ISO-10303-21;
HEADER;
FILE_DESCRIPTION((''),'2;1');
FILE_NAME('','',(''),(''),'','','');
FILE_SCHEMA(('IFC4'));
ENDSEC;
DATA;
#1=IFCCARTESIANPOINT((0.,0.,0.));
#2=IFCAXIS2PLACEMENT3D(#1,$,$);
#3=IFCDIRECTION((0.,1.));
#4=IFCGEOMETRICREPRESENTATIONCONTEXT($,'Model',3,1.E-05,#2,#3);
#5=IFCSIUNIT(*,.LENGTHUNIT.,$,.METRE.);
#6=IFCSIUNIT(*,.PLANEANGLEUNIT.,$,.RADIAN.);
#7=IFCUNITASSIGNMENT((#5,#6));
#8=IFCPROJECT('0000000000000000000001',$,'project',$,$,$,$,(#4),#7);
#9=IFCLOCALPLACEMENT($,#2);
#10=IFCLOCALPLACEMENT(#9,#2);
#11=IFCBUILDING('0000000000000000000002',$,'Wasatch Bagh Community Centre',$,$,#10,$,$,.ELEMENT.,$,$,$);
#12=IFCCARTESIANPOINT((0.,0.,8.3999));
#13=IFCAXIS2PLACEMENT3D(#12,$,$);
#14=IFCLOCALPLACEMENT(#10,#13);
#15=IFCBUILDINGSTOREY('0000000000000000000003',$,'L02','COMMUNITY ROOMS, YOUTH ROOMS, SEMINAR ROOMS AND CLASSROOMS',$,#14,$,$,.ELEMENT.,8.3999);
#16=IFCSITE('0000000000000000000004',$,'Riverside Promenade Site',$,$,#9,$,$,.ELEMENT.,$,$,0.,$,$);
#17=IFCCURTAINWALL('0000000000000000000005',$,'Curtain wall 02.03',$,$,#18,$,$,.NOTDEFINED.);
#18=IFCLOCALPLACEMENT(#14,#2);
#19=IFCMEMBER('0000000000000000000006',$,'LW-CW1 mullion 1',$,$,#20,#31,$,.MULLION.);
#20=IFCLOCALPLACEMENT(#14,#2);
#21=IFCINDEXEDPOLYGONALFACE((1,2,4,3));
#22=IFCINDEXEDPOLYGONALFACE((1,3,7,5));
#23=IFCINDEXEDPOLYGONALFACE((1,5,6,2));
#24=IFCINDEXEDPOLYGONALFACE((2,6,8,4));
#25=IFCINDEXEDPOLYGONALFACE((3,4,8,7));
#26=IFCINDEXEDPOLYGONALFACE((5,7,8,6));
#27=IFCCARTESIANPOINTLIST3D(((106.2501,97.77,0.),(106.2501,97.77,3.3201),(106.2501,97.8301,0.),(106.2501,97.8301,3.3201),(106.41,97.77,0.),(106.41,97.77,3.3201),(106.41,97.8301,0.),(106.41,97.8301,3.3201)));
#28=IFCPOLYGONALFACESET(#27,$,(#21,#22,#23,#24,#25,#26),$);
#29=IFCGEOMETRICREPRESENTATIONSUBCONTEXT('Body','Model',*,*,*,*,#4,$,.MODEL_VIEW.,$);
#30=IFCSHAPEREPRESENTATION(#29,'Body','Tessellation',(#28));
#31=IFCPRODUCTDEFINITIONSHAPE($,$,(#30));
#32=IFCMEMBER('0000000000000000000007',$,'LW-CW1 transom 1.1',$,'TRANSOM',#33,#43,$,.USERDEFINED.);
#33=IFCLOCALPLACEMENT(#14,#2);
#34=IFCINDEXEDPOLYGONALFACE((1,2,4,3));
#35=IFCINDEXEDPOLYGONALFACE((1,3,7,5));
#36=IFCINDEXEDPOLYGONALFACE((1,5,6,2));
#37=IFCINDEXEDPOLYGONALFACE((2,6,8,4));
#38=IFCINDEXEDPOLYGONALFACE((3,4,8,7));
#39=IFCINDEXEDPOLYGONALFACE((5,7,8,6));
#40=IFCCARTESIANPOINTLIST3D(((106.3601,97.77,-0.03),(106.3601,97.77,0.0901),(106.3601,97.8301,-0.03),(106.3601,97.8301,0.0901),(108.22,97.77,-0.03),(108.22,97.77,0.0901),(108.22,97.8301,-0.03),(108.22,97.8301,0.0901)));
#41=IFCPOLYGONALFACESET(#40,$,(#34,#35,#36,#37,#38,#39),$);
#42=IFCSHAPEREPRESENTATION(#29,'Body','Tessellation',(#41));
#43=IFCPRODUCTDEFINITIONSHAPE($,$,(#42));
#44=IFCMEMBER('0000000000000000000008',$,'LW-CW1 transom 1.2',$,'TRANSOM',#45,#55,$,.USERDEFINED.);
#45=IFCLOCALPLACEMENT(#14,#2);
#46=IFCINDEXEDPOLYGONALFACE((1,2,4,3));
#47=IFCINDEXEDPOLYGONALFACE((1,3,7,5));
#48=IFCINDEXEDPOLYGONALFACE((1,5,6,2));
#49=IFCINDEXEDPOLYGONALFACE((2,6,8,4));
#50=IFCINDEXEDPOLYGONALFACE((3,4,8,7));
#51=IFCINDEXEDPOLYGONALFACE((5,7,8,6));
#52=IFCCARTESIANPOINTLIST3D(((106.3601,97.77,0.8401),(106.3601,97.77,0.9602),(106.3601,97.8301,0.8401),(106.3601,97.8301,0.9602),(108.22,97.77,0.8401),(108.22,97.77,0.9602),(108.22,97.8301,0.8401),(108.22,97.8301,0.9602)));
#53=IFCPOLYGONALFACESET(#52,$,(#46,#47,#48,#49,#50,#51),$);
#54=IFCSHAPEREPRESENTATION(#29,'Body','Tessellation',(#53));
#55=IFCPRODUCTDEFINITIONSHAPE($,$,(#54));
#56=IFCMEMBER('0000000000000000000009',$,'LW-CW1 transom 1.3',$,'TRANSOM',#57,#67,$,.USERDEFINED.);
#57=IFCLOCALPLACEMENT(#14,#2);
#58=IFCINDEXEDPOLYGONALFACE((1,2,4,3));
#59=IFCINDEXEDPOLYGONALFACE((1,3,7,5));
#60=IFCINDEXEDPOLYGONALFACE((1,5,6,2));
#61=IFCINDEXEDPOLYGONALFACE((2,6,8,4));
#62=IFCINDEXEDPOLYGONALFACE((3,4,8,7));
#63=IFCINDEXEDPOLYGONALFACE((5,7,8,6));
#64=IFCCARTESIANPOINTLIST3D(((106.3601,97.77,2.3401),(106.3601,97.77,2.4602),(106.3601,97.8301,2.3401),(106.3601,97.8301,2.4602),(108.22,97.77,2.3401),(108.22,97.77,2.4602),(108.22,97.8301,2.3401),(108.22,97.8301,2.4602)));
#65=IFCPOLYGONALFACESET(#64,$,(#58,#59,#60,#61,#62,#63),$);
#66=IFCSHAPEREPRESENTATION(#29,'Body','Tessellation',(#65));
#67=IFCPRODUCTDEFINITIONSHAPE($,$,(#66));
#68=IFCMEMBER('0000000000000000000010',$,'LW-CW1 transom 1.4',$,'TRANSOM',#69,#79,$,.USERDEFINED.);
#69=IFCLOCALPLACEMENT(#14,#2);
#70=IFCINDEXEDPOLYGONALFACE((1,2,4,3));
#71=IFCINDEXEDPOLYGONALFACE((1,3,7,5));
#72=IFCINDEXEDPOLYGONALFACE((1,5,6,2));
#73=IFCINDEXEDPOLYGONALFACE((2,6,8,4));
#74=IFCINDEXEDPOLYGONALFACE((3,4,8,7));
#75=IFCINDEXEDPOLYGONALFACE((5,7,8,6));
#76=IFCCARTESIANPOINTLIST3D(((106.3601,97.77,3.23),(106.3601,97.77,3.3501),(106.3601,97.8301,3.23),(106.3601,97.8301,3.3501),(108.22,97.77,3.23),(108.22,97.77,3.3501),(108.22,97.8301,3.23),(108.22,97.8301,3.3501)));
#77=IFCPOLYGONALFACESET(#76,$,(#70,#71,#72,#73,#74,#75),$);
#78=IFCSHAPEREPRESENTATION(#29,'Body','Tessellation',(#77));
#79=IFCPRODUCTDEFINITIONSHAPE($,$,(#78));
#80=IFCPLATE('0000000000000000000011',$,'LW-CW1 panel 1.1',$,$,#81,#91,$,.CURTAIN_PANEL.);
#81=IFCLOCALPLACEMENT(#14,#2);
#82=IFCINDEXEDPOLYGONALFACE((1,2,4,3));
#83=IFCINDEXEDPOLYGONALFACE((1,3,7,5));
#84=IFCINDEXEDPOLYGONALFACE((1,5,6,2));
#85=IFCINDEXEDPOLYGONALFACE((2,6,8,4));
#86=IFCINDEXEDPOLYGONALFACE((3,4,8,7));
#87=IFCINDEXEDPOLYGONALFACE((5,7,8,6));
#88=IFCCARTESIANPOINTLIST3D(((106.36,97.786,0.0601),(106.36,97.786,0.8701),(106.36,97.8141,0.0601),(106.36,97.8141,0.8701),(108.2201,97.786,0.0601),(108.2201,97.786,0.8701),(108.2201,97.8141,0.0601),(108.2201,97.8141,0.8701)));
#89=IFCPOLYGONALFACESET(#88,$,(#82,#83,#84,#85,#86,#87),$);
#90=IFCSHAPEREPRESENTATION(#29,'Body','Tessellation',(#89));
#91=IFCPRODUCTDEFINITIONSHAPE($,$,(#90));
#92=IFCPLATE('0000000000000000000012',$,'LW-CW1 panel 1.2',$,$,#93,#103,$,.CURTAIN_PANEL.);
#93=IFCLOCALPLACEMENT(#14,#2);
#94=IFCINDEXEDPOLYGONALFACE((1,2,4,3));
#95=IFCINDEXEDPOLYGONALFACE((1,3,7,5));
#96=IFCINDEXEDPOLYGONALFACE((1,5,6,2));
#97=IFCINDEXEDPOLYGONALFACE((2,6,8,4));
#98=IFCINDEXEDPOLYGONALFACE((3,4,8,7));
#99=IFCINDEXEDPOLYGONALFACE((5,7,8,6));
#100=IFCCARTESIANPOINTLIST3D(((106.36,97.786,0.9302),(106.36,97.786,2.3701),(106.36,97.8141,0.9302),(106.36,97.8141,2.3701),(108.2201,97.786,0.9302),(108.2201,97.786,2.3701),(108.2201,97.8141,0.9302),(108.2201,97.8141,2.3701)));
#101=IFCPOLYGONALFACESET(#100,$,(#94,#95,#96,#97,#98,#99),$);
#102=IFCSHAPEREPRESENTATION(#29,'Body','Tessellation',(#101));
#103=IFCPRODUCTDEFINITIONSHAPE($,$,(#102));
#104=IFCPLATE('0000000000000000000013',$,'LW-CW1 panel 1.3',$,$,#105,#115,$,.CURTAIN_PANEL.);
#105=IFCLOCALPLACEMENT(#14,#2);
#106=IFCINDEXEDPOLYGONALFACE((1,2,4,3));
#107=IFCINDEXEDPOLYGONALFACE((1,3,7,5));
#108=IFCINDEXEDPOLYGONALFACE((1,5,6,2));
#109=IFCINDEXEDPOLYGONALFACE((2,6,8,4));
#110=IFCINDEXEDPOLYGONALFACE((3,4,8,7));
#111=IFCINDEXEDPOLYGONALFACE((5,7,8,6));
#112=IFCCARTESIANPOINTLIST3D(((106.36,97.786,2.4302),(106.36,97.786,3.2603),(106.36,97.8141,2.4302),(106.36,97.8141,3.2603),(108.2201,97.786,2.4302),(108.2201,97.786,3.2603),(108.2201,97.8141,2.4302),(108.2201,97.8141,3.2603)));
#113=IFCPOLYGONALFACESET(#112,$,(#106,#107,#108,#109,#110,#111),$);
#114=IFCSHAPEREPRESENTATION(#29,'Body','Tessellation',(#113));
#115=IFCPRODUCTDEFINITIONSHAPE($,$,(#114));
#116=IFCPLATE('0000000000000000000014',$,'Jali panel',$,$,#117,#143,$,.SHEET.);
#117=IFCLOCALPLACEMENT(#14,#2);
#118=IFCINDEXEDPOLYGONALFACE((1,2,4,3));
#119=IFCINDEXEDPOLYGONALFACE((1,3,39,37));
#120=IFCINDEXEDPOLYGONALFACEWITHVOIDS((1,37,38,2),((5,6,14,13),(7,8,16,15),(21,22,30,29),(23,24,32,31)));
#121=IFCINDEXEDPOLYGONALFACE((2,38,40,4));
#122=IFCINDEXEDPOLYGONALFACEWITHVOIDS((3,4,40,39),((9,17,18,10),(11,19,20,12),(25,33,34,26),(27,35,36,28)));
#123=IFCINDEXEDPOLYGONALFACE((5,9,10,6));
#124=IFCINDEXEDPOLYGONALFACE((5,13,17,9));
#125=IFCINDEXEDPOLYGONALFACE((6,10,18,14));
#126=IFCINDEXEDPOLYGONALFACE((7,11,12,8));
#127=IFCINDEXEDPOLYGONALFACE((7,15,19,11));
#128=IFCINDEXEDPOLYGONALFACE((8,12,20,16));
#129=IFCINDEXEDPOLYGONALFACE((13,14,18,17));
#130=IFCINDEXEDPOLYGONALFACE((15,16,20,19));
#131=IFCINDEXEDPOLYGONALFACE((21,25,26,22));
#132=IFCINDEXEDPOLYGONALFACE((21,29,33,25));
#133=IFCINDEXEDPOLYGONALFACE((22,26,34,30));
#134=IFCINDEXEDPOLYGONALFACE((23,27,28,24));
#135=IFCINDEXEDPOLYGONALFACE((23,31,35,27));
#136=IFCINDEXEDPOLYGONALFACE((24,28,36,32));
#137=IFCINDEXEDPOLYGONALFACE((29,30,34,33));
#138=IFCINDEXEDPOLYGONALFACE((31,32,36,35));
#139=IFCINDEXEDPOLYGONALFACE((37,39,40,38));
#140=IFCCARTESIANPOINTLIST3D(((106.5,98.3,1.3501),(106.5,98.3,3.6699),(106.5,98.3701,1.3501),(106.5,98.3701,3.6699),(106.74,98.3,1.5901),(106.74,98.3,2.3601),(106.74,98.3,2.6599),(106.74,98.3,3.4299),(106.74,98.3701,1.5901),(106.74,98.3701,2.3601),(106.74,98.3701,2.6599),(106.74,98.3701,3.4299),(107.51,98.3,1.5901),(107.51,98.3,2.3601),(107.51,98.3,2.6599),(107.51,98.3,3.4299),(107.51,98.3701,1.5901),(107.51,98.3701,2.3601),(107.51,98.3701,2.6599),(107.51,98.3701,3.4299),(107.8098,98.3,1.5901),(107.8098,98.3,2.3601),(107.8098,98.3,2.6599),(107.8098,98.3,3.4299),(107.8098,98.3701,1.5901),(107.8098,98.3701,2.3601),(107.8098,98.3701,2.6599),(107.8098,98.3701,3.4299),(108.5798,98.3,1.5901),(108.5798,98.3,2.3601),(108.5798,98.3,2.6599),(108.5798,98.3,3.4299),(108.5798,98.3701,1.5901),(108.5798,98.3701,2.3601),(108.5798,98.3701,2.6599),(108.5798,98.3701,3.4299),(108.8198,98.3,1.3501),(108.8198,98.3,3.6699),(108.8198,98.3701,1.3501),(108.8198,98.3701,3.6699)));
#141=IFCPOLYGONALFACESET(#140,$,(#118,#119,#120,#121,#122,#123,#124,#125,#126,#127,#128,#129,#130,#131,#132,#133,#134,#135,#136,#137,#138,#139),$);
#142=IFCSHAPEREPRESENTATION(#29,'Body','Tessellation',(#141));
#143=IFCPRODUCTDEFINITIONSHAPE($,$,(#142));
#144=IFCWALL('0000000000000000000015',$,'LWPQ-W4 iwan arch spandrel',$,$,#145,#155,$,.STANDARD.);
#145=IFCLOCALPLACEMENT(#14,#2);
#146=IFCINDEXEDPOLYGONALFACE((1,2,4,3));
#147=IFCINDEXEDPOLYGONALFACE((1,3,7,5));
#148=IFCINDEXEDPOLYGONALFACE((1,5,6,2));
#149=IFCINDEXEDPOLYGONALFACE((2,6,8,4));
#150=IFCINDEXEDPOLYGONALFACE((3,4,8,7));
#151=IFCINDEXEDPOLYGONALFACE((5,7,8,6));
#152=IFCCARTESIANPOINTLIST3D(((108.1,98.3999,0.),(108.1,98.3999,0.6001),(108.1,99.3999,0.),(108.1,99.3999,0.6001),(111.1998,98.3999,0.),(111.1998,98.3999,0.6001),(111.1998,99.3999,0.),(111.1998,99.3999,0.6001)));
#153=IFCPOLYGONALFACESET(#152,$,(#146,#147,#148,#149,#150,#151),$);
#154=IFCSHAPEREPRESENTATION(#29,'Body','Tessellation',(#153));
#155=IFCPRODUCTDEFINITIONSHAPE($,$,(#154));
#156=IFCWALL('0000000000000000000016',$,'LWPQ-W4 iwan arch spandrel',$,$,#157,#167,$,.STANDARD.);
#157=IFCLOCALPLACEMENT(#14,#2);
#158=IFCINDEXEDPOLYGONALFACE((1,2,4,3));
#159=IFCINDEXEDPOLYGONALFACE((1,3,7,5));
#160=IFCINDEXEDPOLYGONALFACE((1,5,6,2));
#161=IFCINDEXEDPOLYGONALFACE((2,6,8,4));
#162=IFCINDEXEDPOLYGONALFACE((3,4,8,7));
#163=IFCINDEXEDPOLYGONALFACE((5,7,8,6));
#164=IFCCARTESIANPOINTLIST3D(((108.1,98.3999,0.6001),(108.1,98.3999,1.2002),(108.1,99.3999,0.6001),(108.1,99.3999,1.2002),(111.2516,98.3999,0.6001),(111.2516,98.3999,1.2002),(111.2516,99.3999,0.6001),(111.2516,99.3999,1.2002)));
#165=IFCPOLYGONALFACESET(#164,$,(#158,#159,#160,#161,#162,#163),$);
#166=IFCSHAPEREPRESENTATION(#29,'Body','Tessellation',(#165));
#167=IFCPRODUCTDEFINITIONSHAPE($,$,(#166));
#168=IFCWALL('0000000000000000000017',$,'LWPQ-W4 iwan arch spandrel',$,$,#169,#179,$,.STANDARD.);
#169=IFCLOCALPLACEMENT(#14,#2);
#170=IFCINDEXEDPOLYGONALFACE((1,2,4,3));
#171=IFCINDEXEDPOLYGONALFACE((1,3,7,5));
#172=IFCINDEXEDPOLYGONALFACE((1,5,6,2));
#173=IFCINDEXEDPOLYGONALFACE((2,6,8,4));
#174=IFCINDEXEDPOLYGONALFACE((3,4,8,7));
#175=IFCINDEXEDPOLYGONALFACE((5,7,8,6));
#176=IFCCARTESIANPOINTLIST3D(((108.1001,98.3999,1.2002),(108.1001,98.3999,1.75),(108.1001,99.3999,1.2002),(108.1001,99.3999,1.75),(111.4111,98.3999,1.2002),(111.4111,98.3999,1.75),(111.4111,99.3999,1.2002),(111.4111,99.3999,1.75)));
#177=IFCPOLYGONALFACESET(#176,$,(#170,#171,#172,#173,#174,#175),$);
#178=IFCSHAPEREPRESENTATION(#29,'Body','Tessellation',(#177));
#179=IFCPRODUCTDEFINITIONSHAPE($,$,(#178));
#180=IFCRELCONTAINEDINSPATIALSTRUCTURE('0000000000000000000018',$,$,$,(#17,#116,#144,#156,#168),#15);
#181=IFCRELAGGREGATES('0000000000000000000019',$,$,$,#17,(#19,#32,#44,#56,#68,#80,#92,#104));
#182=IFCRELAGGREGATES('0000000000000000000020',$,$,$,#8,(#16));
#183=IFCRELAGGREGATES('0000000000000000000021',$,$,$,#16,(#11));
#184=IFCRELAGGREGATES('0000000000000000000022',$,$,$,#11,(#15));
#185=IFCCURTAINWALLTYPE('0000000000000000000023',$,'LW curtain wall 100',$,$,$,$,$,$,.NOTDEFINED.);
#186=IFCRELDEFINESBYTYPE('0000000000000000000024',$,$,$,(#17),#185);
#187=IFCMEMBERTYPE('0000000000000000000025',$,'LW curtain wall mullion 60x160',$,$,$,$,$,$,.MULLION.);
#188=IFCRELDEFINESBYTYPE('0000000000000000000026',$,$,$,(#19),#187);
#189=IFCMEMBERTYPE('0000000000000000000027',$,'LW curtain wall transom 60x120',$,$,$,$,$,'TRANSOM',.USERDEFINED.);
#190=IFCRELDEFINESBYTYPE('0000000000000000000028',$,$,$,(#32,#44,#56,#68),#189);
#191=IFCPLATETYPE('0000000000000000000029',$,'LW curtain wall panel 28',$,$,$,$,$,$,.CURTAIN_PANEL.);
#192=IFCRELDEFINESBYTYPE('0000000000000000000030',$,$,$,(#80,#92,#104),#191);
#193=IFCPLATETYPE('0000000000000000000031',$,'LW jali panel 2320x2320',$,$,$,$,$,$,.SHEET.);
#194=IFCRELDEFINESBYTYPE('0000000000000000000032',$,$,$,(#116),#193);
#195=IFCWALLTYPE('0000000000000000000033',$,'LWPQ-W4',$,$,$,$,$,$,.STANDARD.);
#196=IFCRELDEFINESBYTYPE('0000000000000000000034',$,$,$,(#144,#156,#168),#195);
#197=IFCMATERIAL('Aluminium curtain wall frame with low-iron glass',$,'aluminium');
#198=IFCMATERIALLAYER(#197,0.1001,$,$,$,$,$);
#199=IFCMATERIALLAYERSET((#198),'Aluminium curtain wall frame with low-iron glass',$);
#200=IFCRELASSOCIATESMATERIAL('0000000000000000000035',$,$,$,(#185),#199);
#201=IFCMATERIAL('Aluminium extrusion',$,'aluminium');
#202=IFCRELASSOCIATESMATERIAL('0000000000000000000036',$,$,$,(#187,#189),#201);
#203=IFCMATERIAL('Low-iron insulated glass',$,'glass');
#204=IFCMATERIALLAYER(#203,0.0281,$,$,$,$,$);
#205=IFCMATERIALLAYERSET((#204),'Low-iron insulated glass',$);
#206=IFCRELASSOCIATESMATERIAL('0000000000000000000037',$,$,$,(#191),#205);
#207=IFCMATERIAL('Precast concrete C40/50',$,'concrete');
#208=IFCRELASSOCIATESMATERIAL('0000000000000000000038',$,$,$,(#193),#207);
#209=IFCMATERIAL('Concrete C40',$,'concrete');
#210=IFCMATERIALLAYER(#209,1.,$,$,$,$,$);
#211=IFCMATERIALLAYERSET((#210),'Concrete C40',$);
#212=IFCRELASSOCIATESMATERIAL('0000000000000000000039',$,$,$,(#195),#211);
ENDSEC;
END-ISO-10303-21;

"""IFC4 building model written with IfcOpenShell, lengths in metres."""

from ifc_helpers import new_model, si_unit, direction, frame, frame_2d, origin, origin_2d, place, context, subcontext, project, spatial, polyline, rectangle, outline, extrude, material, layer, layer_set, material_profile, profile_set, type_object, element, aggregate, save


model = new_model("IFC4")

# Units and contexts
model_context = context("Model", 3, precision=1e-05, world=origin(), true_north=direction((0.0, 1.0)))
body_context = subcontext(model_context, "Body", "Model", "MODEL_VIEW")
ifc_project = project(units=[si_unit("LENGTHUNIT", "METRE"), si_unit("PLANEANGLEUNIT", "RADIAN")], contexts=[model_context])

# Site, building, storey
site_placement = place(None, origin())
site = spatial("IfcSite", under=ifc_project, at=site_placement, Name="Riverside Promenade Site", CompositionType="ELEMENT", RefElevation=0.0)
building_placement = place(site_placement, origin())
building = spatial("IfcBuilding", under=site, at=building_placement, Name="Wasatch Bagh Community Centre", CompositionType="ELEMENT")
storey_placement = place(building_placement, frame((0.0, 0.0, 8.3999)))
storey = spatial("IfcBuildingStorey", under=building, at=storey_placement, Name="L02", Description="COMMUNITY ROOMS, YOUTH ROOMS, SEMINAR ROOMS AND CLASSROOMS", CompositionType="ELEMENT", Elevation=8.3999)

# Curtain wall, members, plates
ifc_material_1 = material(Name="Aluminium curtain wall frame with low-iron glass", Category="aluminium")
ifc_layer_1 = layer(ifc_material_1, 0.1001)
ifc_layer_set_1 = layer_set([ifc_layer_1], Name="Aluminium curtain wall frame with low-iron glass")
curtain_wall_type = type_object("IfcCurtainWallType", Name="LW curtain wall 100", PredefinedType="NOTDEFINED", material=ifc_layer_set_1)
curtain_wall_placement = place(storey_placement, origin())
curtain_wall = element("IfcCurtainWall", 1, at=curtain_wall_placement, inside=storey, type_object=curtain_wall_type, Name="Curtain wall 02.03", PredefinedType="NOTDEFINED")
ifc_material_2 = material(Name="Aluminium extrusion", Category="aluminium")
ifc_material_profile_1 = material_profile(ifc_material_2, rectangle(XDim=0.0601, YDim=0.1599, at=origin_2d()), Name="AL 60x160")
ifc_profile_set_1 = profile_set([ifc_material_profile_1], Name="Aluminium extrusion")
member_type_1 = type_object("IfcMemberType", Name="LW curtain wall mullion 60x160", PredefinedType="MULLION", material=ifc_profile_set_1)
member_1_placement = place(storey_placement, frame((106.3301, 97.8, 0.0), z_axis=(0.0, 0.0, 1.0), x_axis=(0.0, 1.0, 0.0)))
member_1 = element("IfcMember", 2, at=member_1_placement, type_object=member_type_1, Name="LW-CW1 mullion 1", PredefinedType="MULLION", context=body_context, shape_type="SweptSolid", body=[
    extrude(rectangle(XDim=0.0601, YDim=0.1599, at=origin_2d()), origin(), (0.0, 0.0, 1.0), 3.3201),
])
ifc_material_profile_2 = material_profile(ifc_material_2, rectangle(XDim=0.0601, YDim=0.1201, at=origin_2d()), Name="AL 60x120")
ifc_profile_set_2 = profile_set([ifc_material_profile_2], Name="Aluminium extrusion")
member_type_2 = type_object("IfcMemberType", Name="LW curtain wall transom 60x120", ElementType="TRANSOM", PredefinedType="USERDEFINED", material=ifc_profile_set_2)
member_2_placement = place(storey_placement, frame((106.3601, 97.8, 0.03), z_axis=(1.0, 0.0, 0.0), x_axis=(0.0, 1.0, 0.0)))
member_2 = element("IfcMember", 3, at=member_2_placement, type_object=member_type_2, Name="LW-CW1 transom 1.1", ObjectType="TRANSOM", PredefinedType="USERDEFINED", context=body_context, shape_type="SweptSolid", body=[
    extrude(rectangle(XDim=0.0601, YDim=0.1201, at=origin_2d()), origin(), (0.0, 0.0, 1.0), 1.8599),
])
member_3_placement = place(storey_placement, frame((106.3601, 97.8, 0.9001), z_axis=(1.0, 0.0, 0.0), x_axis=(0.0, 1.0, 0.0)))
member_3 = element("IfcMember", 4, at=member_3_placement, type_object=member_type_2, Name="LW-CW1 transom 1.2", ObjectType="TRANSOM", PredefinedType="USERDEFINED", context=body_context, shape_type="SweptSolid", body=[
    extrude(rectangle(XDim=0.0601, YDim=0.1201, at=origin_2d()), origin(), (0.0, 0.0, 1.0), 1.8599),
])
member_4_placement = place(storey_placement, frame((106.3601, 97.8, 2.4001), z_axis=(1.0, 0.0, 0.0), x_axis=(0.0, 1.0, 0.0)))
member_4 = element("IfcMember", 5, at=member_4_placement, type_object=member_type_2, Name="LW-CW1 transom 1.3", ObjectType="TRANSOM", PredefinedType="USERDEFINED", context=body_context, shape_type="SweptSolid", body=[
    extrude(rectangle(XDim=0.0601, YDim=0.1201, at=origin_2d()), origin(), (0.0, 0.0, 1.0), 1.8599),
])
member_5_placement = place(storey_placement, frame((106.3601, 97.8, 3.29), z_axis=(1.0, 0.0, 0.0), x_axis=(0.0, 1.0, 0.0)))
member_5 = element("IfcMember", 6, at=member_5_placement, type_object=member_type_2, Name="LW-CW1 transom 1.4", ObjectType="TRANSOM", PredefinedType="USERDEFINED", context=body_context, shape_type="SweptSolid", body=[
    extrude(rectangle(XDim=0.0601, YDim=0.1201, at=origin_2d()), origin(), (0.0, 0.0, 1.0), 1.8599),
])
ifc_material_3 = material(Name="Low-iron insulated glass", Category="glass")
ifc_layer_2 = layer(ifc_material_3, 0.0281)
ifc_layer_set_2 = layer_set([ifc_layer_2], Name="Low-iron insulated glass")
plate_type_1 = type_object("IfcPlateType", Name="LW curtain wall panel 28", PredefinedType="CURTAIN_PANEL", material=ifc_layer_set_2)
plate_1_placement = place(storey_placement, frame((107.29, 97.8, 0.0601), z_axis=(0.0, 0.0, 1.0), x_axis=(1.0, 0.0, 0.0)))
plate_1 = element("IfcPlate", 7, at=plate_1_placement, type_object=plate_type_1, Name="LW-CW1 panel 1.1", PredefinedType="CURTAIN_PANEL", context=body_context, shape_type="SweptSolid", body=[
    extrude(rectangle(XDim=1.8601, YDim=0.0281, at=origin_2d()), origin(), (0.0, 0.0, 1.0), 0.8101),
])
plate_2_placement = place(storey_placement, frame((107.29, 97.8, 0.9302), z_axis=(0.0, 0.0, 1.0), x_axis=(1.0, 0.0, 0.0)))
plate_2 = element("IfcPlate", 8, at=plate_2_placement, type_object=plate_type_1, Name="LW-CW1 panel 1.2", PredefinedType="CURTAIN_PANEL", context=body_context, shape_type="SweptSolid", body=[
    extrude(rectangle(XDim=1.8601, YDim=0.0281, at=origin_2d()), origin(), (0.0, 0.0, 1.0), 1.4399),
])
plate_3_placement = place(storey_placement, frame((107.29, 97.8, 2.4302), z_axis=(0.0, 0.0, 1.0), x_axis=(1.0, 0.0, 0.0)))
plate_3 = element("IfcPlate", 9, at=plate_3_placement, type_object=plate_type_1, Name="LW-CW1 panel 1.3", PredefinedType="CURTAIN_PANEL", context=body_context, shape_type="SweptSolid", body=[
    extrude(rectangle(XDim=1.8601, YDim=0.0281, at=origin_2d()), origin(), (0.0, 0.0, 1.0), 0.8301),
])
aggregate(curtain_wall, [member_1, member_2, member_3, member_4, member_5, plate_1, plate_2, plate_3])

# Plate
ifc_material_4 = material(Name="Precast concrete C40/50", Category="concrete")
ifc_material_profile_3 = material_profile(ifc_material_4, outline(polyline([(-1.1599, -1.1599), (1.1599, -1.1599), (1.1599, 1.1599), (-1.1599, 1.1599), (-1.1599, -1.1599)]), holes=[polyline([(-0.9199, -0.9199), (-0.1499, -0.9199), (-0.1499, -0.1499), (-0.9199, -0.1499), (-0.9199, -0.9199)]), polyline([(-0.9199, 0.1499), (-0.1499, 0.1499), (-0.1499, 0.9199), (-0.9199, 0.9199), (-0.9199, 0.1499)]), polyline([(0.1499, -0.9199), (0.9199, -0.9199), (0.9199, -0.1499), (0.1499, -0.1499), (0.1499, -0.9199)]), polyline([(0.1499, 0.1499), (0.9199, 0.1499), (0.9199, 0.9199), (0.1499, 0.9199), (0.1499, 0.1499)])]), Name="Jali lattice")
ifc_profile_set_3 = profile_set([ifc_material_profile_3], Name="Precast concrete C40/50")
plate_type_2 = type_object("IfcPlateType", Name="LW jali panel 2320x2320", PredefinedType="SHEET", material=ifc_profile_set_3)
plate_4_placement = place(storey_placement, frame((107.6599, 98.3, 2.51), z_axis=(0.0, 1.0, 0.0), x_axis=(-1.0, 0.0, 0.0)))
element("IfcPlate", 10, at=plate_4_placement, inside=storey, type_object=plate_type_2, Name="Jali panel", PredefinedType="SHEET", context=body_context, shape_type="SweptSolid", body=[
    extrude(outline(polyline([(-1.1599, -1.1599), (1.1599, -1.1599), (1.1599, 1.1599), (-1.1599, 1.1599), (-1.1599, -1.1599)]), holes=[polyline([(-0.9199, -0.9199), (-0.1499, -0.9199), (-0.1499, -0.1499), (-0.9199, -0.1499), (-0.9199, -0.9199)]), polyline([(-0.9199, 0.1499), (-0.1499, 0.1499), (-0.1499, 0.9199), (-0.9199, 0.9199), (-0.9199, 0.1499)]), polyline([(0.1499, -0.9199), (0.9199, -0.9199), (0.9199, -0.1499), (0.1499, -0.1499), (0.1499, -0.9199)]), polyline([(0.1499, 0.1499), (0.9199, 0.1499), (0.9199, 0.9199), (0.1499, 0.9199), (0.1499, 0.1499)])]), origin(), (0.0, 0.0, 1.0), 0.0701),
])

# Walls
ifc_material_5 = material(Name="Concrete C40", Category="concrete")
ifc_layer_3 = layer(ifc_material_5, 1.0)
ifc_layer_set_3 = layer_set([ifc_layer_3], Name="Concrete C40")
wall_type = type_object("IfcWallType", Name="LWPQ-W4", PredefinedType="STANDARD", material=ifc_layer_set_3)
wall_1_placement = place(storey_placement, frame((108.1001, 98.8999, 0.0), z_axis=(0.0, 0.0, 1.0), x_axis=(1.0, 0.0, 0.0)))
element("IfcWall", 11, at=wall_1_placement, inside=storey, type_object=wall_type, Name="LWPQ-W4 iwan arch spandrel", PredefinedType="STANDARD", context=body_context, shape_type="SweptSolid", body=[
    extrude(rectangle(XDim=3.0999, YDim=1.0, at=frame_2d((1.5498, 0.0))), origin(), (0.0, 0.0, 1.0), 0.6001),
])
wall_2_placement = place(storey_placement, frame((108.1001, 98.8999, 0.6001), z_axis=(0.0, 0.0, 1.0), x_axis=(1.0, 0.0, 0.0)))
element("IfcWall", 12, at=wall_2_placement, inside=storey, type_object=wall_type, Name="LWPQ-W4 iwan arch spandrel", PredefinedType="STANDARD", context=body_context, shape_type="SweptSolid", body=[
    extrude(rectangle(XDim=3.1516, YDim=1.0, at=frame_2d((1.5757, 0.0))), origin(), (0.0, 0.0, 1.0), 0.6001),
])
wall_3_placement = place(storey_placement, frame((108.1001, 98.8999, 1.2002), z_axis=(0.0, 0.0, 1.0), x_axis=(1.0, 0.0, 0.0)))
element("IfcWall", 13, at=wall_3_placement, inside=storey, type_object=wall_type, Name="LWPQ-W4 iwan arch spandrel", PredefinedType="STANDARD", context=body_context, shape_type="SweptSolid", body=[
    extrude(rectangle(XDim=3.311, YDim=1.0, at=frame_2d((1.6555, 0.0))), origin(), (0.0, 0.0, 1.0), 0.5498),
])

save(model, "model.ifc")
